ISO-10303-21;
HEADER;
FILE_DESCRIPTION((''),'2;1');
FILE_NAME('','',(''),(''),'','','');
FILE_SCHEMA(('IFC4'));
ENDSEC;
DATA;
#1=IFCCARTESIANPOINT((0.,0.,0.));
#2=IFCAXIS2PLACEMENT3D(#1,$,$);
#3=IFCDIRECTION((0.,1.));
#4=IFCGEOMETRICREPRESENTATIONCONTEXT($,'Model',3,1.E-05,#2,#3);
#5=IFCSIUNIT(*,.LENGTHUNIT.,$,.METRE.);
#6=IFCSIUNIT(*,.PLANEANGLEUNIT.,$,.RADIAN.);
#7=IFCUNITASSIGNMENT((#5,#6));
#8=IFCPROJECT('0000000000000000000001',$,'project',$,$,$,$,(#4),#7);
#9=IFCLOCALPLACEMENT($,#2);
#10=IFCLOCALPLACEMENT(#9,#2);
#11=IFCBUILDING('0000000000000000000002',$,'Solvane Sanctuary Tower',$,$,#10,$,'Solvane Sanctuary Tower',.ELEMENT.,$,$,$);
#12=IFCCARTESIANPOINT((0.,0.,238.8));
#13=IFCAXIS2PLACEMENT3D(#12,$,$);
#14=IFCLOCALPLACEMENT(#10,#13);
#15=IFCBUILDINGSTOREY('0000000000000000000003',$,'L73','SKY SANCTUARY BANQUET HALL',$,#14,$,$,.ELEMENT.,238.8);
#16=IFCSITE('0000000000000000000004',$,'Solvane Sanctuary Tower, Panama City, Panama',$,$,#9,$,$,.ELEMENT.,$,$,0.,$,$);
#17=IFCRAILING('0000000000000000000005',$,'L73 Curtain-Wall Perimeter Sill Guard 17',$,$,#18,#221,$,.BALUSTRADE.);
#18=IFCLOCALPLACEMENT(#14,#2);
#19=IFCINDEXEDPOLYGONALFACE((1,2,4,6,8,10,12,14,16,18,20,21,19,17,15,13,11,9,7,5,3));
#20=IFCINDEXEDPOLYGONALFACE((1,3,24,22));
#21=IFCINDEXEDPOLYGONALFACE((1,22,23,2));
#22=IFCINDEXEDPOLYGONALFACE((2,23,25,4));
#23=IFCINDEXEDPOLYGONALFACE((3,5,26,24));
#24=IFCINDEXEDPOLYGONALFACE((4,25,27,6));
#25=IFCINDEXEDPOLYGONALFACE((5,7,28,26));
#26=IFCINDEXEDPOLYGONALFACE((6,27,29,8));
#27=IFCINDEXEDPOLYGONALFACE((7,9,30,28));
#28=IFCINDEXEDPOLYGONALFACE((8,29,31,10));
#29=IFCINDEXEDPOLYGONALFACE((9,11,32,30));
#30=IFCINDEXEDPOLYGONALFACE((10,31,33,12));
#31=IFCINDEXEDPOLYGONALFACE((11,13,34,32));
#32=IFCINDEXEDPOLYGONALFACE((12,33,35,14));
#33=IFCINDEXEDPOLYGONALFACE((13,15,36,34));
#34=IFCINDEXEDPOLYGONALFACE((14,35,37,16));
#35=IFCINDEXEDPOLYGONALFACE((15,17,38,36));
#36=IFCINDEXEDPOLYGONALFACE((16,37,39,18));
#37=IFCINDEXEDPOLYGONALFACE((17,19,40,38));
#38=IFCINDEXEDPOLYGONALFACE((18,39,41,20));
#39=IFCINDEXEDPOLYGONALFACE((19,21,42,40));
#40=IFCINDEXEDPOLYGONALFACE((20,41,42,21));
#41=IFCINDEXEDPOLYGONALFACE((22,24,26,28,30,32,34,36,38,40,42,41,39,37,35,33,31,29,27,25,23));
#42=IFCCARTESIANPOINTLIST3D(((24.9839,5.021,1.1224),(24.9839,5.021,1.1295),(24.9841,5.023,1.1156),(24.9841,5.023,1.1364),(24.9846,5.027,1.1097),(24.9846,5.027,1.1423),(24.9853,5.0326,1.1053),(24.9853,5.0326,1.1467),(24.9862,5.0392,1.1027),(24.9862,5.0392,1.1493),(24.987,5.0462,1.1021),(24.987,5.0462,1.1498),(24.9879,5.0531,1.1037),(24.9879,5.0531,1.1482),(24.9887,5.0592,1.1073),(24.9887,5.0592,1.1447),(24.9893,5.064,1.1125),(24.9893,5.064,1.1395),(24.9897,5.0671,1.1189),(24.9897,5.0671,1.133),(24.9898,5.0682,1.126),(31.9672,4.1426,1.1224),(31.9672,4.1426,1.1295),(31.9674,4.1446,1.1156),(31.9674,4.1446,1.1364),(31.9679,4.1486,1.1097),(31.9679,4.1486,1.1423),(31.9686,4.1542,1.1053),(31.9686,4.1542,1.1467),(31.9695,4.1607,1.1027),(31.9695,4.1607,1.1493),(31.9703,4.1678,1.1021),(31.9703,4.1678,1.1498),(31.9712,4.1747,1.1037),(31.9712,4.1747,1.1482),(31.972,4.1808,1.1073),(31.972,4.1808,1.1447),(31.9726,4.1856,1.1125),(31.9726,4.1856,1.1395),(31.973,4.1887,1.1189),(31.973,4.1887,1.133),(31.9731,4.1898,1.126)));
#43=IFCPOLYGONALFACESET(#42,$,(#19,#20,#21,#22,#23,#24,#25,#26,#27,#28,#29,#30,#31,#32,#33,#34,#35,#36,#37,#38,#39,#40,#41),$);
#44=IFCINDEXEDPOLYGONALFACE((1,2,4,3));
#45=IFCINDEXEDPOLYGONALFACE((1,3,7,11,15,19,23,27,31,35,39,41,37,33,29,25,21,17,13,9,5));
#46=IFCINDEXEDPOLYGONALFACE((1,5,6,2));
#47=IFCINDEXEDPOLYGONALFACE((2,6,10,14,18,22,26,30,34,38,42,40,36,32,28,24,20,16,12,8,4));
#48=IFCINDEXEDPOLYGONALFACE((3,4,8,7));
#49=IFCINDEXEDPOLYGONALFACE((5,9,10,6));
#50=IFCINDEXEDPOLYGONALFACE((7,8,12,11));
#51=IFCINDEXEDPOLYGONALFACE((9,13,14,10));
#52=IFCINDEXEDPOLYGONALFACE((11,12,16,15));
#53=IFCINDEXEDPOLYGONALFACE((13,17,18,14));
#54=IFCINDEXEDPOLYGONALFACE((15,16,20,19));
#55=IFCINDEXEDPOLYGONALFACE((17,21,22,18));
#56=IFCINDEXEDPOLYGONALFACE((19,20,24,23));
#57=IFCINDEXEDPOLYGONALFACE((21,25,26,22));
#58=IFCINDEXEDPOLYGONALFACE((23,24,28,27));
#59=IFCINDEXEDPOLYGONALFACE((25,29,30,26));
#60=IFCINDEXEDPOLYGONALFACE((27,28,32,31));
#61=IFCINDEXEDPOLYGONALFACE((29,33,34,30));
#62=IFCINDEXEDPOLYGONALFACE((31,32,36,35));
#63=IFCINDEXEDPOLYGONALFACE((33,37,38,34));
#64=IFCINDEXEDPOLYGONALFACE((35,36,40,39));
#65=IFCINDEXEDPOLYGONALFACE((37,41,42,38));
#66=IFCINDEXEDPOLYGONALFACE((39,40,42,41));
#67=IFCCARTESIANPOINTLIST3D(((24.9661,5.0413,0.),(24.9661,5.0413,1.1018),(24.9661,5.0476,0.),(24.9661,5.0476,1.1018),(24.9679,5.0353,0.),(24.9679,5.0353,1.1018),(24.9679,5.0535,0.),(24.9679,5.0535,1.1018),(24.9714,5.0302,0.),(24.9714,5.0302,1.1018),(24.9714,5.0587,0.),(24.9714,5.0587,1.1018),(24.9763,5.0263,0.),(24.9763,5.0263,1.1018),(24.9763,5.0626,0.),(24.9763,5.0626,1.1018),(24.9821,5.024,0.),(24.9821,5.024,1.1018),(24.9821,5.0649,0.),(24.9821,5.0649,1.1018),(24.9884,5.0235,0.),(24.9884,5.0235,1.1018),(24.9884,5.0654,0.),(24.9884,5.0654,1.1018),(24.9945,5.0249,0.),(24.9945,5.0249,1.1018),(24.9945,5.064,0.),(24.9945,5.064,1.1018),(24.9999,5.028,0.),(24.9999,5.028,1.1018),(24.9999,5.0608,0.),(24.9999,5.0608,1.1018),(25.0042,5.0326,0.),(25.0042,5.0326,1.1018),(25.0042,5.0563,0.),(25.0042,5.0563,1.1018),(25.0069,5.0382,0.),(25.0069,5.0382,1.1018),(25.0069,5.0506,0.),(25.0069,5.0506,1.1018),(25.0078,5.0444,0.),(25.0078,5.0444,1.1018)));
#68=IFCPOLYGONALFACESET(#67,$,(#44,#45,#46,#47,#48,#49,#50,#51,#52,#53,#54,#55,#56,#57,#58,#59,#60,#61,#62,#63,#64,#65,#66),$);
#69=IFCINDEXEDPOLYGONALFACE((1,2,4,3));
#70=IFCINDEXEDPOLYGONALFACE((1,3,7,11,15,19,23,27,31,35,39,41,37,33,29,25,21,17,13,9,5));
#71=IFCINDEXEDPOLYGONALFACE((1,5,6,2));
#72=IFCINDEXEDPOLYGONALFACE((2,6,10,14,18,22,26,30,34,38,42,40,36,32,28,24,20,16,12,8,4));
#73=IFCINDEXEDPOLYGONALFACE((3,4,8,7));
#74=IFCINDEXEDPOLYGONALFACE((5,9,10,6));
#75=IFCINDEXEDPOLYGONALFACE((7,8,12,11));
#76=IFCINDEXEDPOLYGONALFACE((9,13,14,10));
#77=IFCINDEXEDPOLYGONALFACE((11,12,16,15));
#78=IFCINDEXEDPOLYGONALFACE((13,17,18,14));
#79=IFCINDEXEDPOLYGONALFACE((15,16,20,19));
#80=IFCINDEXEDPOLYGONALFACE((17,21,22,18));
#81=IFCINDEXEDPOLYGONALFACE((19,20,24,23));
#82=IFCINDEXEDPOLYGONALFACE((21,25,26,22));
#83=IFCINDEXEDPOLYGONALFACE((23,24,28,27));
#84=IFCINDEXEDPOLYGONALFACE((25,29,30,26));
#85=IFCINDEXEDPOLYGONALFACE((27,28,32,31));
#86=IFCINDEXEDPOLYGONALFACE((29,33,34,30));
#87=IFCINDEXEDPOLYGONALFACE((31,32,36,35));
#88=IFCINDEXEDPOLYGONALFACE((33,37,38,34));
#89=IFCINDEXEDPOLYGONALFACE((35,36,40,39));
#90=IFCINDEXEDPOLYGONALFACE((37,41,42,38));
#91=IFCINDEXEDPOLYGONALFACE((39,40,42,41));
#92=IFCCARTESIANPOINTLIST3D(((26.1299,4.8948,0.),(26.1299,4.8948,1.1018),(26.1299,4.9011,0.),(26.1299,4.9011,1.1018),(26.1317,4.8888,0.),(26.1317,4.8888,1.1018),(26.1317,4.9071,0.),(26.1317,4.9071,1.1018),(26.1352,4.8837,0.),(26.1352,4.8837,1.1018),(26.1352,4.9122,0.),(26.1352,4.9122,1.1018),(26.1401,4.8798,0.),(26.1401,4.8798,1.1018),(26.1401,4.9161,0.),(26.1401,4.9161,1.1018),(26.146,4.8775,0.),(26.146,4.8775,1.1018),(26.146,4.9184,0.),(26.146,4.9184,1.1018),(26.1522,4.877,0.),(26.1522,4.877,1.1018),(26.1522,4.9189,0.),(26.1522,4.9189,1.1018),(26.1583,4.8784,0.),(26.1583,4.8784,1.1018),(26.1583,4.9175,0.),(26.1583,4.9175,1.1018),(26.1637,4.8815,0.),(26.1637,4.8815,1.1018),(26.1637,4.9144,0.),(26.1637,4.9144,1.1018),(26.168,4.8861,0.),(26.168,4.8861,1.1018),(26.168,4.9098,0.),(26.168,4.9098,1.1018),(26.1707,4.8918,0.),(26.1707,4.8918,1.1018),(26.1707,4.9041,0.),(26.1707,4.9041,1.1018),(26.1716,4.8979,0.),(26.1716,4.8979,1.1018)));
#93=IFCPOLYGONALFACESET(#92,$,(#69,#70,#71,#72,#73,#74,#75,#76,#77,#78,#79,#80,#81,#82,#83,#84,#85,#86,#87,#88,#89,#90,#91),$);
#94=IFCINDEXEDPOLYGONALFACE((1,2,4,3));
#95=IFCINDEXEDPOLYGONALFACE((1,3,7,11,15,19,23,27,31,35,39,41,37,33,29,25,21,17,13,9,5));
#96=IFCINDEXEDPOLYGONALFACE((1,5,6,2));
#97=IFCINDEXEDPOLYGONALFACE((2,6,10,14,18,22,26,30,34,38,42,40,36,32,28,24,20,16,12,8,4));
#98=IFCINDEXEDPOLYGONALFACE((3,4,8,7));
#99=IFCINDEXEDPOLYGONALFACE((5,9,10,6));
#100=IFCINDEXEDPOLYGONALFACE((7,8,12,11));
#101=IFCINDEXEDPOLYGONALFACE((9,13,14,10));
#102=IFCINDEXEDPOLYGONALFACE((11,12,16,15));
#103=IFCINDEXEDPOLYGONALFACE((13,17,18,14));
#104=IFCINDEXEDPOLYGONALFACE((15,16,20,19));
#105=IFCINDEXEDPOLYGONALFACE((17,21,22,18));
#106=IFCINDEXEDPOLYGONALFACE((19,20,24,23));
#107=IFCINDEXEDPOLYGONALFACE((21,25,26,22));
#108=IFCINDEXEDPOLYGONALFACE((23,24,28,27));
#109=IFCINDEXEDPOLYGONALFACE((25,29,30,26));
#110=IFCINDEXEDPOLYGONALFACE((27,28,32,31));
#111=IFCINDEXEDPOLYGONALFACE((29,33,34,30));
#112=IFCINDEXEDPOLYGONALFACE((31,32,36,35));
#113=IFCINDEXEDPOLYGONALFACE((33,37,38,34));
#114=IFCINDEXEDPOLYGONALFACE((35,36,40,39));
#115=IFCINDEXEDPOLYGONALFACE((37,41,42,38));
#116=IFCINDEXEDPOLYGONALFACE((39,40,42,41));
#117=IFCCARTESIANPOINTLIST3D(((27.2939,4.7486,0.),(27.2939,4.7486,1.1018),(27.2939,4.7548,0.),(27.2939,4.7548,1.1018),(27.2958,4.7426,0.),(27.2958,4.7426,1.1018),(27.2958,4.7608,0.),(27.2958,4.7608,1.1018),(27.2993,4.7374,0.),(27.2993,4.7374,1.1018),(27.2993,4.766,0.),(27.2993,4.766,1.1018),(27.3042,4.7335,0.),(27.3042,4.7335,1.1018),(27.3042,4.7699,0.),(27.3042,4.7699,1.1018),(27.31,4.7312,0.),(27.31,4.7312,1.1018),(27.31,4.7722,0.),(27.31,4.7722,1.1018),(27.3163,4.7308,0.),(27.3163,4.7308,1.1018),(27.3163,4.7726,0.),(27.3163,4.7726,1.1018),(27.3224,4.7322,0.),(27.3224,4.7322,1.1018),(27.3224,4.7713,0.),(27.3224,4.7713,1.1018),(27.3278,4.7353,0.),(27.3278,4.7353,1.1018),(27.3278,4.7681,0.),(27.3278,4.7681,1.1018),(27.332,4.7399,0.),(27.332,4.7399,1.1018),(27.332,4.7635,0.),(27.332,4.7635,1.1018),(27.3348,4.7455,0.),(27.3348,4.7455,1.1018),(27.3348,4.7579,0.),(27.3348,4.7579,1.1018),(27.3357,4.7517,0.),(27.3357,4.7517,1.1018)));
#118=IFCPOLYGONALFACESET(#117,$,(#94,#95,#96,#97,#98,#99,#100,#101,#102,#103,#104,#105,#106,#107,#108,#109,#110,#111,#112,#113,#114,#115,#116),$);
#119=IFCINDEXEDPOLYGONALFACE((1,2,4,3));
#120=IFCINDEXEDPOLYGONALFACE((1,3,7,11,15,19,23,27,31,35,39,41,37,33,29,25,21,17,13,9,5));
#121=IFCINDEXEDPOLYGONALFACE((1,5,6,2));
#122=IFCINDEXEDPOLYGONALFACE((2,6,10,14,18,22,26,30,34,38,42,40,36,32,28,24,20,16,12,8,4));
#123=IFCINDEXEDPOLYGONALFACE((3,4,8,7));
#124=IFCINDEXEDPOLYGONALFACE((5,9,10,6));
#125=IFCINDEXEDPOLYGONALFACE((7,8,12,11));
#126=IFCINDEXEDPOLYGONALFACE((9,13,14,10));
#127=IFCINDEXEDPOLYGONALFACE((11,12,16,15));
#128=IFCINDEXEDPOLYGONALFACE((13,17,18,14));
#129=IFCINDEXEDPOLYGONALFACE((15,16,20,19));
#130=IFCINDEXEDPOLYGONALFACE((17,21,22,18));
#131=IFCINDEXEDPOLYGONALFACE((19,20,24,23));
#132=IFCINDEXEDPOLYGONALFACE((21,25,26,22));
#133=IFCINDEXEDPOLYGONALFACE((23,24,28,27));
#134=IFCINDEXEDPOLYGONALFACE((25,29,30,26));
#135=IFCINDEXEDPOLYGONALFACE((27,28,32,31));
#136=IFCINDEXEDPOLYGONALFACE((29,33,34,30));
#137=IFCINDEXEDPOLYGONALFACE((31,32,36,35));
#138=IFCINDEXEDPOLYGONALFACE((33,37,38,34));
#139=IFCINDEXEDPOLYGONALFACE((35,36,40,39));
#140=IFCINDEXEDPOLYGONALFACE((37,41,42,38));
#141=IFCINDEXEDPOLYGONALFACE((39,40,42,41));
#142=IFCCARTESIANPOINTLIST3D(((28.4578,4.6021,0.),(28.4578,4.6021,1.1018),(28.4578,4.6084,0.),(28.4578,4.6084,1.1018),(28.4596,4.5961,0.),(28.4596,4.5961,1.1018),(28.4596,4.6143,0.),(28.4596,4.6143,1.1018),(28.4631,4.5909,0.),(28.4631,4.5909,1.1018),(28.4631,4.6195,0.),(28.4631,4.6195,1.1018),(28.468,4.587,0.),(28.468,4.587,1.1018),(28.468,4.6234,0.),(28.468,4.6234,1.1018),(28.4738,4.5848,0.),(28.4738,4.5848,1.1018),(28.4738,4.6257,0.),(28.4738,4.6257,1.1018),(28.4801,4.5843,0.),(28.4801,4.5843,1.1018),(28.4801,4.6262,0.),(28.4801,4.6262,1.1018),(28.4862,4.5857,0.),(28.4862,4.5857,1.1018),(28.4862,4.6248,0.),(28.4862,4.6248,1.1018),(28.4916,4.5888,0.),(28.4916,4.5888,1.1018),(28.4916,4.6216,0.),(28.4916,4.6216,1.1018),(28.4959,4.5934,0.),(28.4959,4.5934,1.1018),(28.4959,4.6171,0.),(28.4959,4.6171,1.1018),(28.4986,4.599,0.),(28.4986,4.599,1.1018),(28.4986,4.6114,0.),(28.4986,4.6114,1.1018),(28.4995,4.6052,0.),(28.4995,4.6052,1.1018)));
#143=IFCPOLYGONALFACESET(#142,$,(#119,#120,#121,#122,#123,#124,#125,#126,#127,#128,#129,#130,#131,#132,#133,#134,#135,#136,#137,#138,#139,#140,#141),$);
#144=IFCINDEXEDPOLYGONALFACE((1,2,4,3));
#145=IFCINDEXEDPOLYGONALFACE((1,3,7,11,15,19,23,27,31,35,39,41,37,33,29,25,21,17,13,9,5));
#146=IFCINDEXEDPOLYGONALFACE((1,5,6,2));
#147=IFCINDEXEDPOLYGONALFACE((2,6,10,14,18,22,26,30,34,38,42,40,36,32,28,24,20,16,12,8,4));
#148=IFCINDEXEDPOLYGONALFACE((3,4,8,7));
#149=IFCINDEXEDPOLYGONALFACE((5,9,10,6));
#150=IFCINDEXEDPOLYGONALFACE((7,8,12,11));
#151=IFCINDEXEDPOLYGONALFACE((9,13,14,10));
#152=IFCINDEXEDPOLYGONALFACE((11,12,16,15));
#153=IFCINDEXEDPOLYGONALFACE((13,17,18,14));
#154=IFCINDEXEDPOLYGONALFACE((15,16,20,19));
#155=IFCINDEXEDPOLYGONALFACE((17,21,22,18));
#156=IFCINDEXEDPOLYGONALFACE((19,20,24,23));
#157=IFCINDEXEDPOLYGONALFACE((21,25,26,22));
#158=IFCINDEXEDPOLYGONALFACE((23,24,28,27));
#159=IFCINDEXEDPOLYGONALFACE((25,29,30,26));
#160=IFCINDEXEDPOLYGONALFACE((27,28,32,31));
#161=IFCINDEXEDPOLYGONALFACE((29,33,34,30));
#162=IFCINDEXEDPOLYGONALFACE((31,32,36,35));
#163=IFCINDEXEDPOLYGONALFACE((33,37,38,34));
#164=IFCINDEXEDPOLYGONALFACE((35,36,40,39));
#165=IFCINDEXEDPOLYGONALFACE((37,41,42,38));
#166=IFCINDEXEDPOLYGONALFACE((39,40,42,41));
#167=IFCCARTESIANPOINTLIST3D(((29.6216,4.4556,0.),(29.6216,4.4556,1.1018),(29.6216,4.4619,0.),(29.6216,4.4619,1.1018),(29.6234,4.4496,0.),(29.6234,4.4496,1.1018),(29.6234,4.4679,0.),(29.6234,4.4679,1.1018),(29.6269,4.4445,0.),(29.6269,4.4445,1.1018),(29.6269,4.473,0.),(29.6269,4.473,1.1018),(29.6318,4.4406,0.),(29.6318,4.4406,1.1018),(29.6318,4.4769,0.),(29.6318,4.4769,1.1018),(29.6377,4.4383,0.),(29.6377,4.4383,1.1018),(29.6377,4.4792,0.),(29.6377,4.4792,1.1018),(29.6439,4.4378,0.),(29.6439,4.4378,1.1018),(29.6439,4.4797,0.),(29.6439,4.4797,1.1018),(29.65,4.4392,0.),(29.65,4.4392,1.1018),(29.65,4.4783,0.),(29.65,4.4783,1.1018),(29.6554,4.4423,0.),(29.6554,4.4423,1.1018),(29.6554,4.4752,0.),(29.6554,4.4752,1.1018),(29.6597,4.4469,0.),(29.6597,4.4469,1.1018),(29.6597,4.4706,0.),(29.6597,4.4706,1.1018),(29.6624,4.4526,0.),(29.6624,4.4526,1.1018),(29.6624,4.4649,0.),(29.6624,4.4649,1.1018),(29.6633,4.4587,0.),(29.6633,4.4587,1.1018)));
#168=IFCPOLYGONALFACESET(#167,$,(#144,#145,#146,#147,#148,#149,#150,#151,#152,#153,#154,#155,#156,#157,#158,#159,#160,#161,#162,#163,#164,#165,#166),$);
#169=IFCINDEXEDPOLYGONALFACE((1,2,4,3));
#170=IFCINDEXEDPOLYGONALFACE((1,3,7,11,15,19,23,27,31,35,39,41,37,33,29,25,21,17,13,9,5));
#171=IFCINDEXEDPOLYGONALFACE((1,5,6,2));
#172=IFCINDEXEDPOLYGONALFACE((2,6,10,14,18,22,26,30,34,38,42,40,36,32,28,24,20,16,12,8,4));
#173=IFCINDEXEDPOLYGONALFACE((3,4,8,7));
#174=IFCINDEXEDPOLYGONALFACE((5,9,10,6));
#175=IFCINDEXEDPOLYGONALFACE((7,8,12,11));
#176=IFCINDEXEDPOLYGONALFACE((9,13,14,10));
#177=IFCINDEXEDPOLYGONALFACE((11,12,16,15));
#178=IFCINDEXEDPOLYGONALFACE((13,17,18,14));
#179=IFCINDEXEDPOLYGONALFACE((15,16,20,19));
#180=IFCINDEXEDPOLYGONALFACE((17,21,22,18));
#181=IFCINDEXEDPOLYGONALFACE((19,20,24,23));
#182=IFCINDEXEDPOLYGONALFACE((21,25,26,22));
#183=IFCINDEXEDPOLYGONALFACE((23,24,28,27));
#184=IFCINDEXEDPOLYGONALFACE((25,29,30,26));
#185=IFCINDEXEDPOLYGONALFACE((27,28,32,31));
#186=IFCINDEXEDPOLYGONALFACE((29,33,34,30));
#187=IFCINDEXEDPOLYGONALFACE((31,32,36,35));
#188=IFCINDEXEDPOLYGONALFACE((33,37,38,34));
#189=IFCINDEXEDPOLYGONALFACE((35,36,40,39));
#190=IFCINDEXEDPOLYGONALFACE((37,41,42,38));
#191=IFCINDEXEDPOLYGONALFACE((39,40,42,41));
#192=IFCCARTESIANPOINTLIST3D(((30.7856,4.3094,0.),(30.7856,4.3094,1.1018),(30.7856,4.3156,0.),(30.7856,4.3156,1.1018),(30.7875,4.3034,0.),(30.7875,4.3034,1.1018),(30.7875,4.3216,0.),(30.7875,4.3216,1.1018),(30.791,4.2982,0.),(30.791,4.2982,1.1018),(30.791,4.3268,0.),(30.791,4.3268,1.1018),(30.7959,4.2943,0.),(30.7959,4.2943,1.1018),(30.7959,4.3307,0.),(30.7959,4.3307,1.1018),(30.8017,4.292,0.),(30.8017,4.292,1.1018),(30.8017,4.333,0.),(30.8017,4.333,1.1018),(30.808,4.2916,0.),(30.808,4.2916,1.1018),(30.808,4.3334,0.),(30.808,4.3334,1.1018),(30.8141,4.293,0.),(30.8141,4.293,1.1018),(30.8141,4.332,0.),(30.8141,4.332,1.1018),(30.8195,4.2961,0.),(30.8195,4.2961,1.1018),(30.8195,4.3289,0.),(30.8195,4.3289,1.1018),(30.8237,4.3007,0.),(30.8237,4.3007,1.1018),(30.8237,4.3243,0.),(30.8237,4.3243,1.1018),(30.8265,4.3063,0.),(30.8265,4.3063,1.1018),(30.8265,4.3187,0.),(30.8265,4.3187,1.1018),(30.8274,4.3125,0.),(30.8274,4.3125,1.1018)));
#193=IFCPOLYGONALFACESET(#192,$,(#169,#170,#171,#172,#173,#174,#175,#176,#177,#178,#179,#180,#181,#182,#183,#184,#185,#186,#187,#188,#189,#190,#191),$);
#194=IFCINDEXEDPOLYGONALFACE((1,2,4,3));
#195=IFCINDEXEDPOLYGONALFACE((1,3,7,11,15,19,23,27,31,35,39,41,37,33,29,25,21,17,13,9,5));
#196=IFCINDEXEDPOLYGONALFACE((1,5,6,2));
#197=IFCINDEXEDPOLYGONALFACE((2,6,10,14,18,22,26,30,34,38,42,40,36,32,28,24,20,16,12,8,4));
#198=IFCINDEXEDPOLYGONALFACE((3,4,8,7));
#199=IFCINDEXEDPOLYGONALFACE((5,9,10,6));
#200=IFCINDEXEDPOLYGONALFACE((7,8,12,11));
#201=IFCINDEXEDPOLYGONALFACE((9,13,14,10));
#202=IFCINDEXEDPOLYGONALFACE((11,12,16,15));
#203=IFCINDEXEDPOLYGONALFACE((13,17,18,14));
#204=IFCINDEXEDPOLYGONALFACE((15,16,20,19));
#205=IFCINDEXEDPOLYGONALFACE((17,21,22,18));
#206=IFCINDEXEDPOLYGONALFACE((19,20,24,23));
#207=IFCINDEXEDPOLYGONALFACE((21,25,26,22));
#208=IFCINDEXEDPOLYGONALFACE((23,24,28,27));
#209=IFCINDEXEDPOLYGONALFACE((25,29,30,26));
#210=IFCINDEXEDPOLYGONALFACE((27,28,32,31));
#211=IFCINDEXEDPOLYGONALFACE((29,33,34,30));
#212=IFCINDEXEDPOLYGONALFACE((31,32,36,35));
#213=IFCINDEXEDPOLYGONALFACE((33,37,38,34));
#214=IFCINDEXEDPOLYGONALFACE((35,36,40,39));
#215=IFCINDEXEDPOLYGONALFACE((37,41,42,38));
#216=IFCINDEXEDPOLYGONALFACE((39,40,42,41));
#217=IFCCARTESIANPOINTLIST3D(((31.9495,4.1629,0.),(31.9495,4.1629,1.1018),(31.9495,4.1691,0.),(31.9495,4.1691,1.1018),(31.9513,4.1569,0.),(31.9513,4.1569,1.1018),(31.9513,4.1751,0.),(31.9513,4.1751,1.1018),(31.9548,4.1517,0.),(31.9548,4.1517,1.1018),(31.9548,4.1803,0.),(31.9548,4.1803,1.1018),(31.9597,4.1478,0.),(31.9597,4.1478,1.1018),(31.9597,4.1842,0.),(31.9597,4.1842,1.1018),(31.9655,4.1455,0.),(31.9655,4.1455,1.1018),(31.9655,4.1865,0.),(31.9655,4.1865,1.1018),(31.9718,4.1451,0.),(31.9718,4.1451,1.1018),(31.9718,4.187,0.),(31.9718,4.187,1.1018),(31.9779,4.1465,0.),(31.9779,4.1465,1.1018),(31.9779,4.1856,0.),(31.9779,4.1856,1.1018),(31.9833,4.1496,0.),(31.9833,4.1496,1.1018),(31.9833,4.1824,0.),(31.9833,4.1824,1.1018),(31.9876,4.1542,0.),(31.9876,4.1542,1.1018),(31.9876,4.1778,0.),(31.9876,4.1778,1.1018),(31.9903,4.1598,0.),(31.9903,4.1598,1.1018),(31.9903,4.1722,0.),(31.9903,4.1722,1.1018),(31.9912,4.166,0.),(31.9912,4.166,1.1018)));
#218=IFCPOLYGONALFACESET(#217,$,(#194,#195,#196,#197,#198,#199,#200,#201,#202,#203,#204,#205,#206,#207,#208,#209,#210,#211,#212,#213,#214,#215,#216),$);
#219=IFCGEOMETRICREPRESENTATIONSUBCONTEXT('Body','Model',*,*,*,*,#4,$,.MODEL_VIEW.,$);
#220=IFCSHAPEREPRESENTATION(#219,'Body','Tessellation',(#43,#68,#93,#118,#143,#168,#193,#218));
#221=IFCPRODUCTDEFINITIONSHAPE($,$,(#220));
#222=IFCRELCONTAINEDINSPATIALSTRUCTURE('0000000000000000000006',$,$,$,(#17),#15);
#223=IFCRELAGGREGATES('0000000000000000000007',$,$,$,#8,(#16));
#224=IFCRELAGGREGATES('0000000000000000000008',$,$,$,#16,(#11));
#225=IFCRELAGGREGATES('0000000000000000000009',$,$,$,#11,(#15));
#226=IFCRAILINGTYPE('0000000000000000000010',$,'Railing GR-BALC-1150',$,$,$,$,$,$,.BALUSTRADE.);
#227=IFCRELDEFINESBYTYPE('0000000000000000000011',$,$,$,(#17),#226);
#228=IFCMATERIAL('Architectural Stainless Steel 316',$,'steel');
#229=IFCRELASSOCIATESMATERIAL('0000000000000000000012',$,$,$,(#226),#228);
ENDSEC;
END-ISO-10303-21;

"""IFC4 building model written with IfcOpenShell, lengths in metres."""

from ifc_helpers import new_model, si_unit, direction, frame, origin, origin_2d, place, context, subcontext, project, spatial, circle, extrude, material, type_object, element, save


model = new_model("IFC4")

# Units and contexts
model_context = context("Model", 3, precision=1e-05, world=origin(), true_north=direction((0.0, 1.0)))
body_context = subcontext(model_context, "Body", "Model", "MODEL_VIEW")
ifc_project = project(units=[si_unit("LENGTHUNIT", "METRE"), si_unit("PLANEANGLEUNIT", "RADIAN")], contexts=[model_context])

# Site, building, storey
site_placement = place(None, origin())
site = spatial("IfcSite", under=ifc_project, at=site_placement, Name="Solvane Sanctuary Tower, Panama City, Panama", CompositionType="ELEMENT", RefElevation=0.0)
building_placement = place(site_placement, origin())
building = spatial("IfcBuilding", under=site, at=building_placement, Name="Solvane Sanctuary Tower", LongName="Solvane Sanctuary Tower", CompositionType="ELEMENT")
storey_placement = place(building_placement, frame((0.0, 0.0, 238.8)))
storey = spatial("IfcBuildingStorey", under=building, at=storey_placement, Name="L73", Description="SKY SANCTUARY BANQUET HALL", CompositionType="ELEMENT", Elevation=238.8)

# Shared definitions
ifc_material_1 = material(Name="Architectural Stainless Steel 316", Category="steel")

# Railing
railing_type = type_object("IfcRailingType", Name="Railing GR-BALC-1150", PredefinedType="BALUSTRADE", material=ifc_material_1)
railing_placement = place(storey_placement, frame((24.9868, 5.0444, 0.0)))
element("IfcRailing", 1, at=railing_placement, inside=storey, type_object=railing_type, Name="L73 Curtain-Wall Perimeter Sill Guard 17", PredefinedType="BALUSTRADE", context=body_context, shape_type="SweptSolid", body=[
    extrude(circle(Radius=0.0239, at=origin_2d()), frame((0.0, 0.0, 1.126), z_axis=(0.992182, -0.124803, 0.0), x_axis=(0.124803, 0.992182, 0.0)), (0.0, 0.0, 1.0), 7.0383),
    extrude(circle(Radius=0.021, at=origin_2d()), origin(), (0.0, 0.0, 1.0), 1.1018),
    extrude(circle(Radius=0.021, at=origin_2d()), frame((1.1638, -0.1465, 0.0)), (0.0, 0.0, 1.0), 1.1018),
    extrude(circle(Radius=0.021, at=origin_2d()), frame((2.3279, -0.2927, 0.0)), (0.0, 0.0, 1.0), 1.1018),
    extrude(circle(Radius=0.021, at=origin_2d()), frame((3.4917, -0.4392, 0.0)), (0.0, 0.0, 1.0), 1.1018),
    extrude(circle(Radius=0.021, at=origin_2d()), frame((4.6555, -0.5857, 0.0)), (0.0, 0.0, 1.0), 1.1018),
    extrude(circle(Radius=0.021, at=origin_2d()), frame((5.8196, -0.7319, 0.0)), (0.0, 0.0, 1.0), 1.1018),
    extrude(circle(Radius=0.021, at=origin_2d()), frame((6.9834, -0.8784, 0.0)), (0.0, 0.0, 1.0), 1.1018),
])

save(model, "model.ifc")
